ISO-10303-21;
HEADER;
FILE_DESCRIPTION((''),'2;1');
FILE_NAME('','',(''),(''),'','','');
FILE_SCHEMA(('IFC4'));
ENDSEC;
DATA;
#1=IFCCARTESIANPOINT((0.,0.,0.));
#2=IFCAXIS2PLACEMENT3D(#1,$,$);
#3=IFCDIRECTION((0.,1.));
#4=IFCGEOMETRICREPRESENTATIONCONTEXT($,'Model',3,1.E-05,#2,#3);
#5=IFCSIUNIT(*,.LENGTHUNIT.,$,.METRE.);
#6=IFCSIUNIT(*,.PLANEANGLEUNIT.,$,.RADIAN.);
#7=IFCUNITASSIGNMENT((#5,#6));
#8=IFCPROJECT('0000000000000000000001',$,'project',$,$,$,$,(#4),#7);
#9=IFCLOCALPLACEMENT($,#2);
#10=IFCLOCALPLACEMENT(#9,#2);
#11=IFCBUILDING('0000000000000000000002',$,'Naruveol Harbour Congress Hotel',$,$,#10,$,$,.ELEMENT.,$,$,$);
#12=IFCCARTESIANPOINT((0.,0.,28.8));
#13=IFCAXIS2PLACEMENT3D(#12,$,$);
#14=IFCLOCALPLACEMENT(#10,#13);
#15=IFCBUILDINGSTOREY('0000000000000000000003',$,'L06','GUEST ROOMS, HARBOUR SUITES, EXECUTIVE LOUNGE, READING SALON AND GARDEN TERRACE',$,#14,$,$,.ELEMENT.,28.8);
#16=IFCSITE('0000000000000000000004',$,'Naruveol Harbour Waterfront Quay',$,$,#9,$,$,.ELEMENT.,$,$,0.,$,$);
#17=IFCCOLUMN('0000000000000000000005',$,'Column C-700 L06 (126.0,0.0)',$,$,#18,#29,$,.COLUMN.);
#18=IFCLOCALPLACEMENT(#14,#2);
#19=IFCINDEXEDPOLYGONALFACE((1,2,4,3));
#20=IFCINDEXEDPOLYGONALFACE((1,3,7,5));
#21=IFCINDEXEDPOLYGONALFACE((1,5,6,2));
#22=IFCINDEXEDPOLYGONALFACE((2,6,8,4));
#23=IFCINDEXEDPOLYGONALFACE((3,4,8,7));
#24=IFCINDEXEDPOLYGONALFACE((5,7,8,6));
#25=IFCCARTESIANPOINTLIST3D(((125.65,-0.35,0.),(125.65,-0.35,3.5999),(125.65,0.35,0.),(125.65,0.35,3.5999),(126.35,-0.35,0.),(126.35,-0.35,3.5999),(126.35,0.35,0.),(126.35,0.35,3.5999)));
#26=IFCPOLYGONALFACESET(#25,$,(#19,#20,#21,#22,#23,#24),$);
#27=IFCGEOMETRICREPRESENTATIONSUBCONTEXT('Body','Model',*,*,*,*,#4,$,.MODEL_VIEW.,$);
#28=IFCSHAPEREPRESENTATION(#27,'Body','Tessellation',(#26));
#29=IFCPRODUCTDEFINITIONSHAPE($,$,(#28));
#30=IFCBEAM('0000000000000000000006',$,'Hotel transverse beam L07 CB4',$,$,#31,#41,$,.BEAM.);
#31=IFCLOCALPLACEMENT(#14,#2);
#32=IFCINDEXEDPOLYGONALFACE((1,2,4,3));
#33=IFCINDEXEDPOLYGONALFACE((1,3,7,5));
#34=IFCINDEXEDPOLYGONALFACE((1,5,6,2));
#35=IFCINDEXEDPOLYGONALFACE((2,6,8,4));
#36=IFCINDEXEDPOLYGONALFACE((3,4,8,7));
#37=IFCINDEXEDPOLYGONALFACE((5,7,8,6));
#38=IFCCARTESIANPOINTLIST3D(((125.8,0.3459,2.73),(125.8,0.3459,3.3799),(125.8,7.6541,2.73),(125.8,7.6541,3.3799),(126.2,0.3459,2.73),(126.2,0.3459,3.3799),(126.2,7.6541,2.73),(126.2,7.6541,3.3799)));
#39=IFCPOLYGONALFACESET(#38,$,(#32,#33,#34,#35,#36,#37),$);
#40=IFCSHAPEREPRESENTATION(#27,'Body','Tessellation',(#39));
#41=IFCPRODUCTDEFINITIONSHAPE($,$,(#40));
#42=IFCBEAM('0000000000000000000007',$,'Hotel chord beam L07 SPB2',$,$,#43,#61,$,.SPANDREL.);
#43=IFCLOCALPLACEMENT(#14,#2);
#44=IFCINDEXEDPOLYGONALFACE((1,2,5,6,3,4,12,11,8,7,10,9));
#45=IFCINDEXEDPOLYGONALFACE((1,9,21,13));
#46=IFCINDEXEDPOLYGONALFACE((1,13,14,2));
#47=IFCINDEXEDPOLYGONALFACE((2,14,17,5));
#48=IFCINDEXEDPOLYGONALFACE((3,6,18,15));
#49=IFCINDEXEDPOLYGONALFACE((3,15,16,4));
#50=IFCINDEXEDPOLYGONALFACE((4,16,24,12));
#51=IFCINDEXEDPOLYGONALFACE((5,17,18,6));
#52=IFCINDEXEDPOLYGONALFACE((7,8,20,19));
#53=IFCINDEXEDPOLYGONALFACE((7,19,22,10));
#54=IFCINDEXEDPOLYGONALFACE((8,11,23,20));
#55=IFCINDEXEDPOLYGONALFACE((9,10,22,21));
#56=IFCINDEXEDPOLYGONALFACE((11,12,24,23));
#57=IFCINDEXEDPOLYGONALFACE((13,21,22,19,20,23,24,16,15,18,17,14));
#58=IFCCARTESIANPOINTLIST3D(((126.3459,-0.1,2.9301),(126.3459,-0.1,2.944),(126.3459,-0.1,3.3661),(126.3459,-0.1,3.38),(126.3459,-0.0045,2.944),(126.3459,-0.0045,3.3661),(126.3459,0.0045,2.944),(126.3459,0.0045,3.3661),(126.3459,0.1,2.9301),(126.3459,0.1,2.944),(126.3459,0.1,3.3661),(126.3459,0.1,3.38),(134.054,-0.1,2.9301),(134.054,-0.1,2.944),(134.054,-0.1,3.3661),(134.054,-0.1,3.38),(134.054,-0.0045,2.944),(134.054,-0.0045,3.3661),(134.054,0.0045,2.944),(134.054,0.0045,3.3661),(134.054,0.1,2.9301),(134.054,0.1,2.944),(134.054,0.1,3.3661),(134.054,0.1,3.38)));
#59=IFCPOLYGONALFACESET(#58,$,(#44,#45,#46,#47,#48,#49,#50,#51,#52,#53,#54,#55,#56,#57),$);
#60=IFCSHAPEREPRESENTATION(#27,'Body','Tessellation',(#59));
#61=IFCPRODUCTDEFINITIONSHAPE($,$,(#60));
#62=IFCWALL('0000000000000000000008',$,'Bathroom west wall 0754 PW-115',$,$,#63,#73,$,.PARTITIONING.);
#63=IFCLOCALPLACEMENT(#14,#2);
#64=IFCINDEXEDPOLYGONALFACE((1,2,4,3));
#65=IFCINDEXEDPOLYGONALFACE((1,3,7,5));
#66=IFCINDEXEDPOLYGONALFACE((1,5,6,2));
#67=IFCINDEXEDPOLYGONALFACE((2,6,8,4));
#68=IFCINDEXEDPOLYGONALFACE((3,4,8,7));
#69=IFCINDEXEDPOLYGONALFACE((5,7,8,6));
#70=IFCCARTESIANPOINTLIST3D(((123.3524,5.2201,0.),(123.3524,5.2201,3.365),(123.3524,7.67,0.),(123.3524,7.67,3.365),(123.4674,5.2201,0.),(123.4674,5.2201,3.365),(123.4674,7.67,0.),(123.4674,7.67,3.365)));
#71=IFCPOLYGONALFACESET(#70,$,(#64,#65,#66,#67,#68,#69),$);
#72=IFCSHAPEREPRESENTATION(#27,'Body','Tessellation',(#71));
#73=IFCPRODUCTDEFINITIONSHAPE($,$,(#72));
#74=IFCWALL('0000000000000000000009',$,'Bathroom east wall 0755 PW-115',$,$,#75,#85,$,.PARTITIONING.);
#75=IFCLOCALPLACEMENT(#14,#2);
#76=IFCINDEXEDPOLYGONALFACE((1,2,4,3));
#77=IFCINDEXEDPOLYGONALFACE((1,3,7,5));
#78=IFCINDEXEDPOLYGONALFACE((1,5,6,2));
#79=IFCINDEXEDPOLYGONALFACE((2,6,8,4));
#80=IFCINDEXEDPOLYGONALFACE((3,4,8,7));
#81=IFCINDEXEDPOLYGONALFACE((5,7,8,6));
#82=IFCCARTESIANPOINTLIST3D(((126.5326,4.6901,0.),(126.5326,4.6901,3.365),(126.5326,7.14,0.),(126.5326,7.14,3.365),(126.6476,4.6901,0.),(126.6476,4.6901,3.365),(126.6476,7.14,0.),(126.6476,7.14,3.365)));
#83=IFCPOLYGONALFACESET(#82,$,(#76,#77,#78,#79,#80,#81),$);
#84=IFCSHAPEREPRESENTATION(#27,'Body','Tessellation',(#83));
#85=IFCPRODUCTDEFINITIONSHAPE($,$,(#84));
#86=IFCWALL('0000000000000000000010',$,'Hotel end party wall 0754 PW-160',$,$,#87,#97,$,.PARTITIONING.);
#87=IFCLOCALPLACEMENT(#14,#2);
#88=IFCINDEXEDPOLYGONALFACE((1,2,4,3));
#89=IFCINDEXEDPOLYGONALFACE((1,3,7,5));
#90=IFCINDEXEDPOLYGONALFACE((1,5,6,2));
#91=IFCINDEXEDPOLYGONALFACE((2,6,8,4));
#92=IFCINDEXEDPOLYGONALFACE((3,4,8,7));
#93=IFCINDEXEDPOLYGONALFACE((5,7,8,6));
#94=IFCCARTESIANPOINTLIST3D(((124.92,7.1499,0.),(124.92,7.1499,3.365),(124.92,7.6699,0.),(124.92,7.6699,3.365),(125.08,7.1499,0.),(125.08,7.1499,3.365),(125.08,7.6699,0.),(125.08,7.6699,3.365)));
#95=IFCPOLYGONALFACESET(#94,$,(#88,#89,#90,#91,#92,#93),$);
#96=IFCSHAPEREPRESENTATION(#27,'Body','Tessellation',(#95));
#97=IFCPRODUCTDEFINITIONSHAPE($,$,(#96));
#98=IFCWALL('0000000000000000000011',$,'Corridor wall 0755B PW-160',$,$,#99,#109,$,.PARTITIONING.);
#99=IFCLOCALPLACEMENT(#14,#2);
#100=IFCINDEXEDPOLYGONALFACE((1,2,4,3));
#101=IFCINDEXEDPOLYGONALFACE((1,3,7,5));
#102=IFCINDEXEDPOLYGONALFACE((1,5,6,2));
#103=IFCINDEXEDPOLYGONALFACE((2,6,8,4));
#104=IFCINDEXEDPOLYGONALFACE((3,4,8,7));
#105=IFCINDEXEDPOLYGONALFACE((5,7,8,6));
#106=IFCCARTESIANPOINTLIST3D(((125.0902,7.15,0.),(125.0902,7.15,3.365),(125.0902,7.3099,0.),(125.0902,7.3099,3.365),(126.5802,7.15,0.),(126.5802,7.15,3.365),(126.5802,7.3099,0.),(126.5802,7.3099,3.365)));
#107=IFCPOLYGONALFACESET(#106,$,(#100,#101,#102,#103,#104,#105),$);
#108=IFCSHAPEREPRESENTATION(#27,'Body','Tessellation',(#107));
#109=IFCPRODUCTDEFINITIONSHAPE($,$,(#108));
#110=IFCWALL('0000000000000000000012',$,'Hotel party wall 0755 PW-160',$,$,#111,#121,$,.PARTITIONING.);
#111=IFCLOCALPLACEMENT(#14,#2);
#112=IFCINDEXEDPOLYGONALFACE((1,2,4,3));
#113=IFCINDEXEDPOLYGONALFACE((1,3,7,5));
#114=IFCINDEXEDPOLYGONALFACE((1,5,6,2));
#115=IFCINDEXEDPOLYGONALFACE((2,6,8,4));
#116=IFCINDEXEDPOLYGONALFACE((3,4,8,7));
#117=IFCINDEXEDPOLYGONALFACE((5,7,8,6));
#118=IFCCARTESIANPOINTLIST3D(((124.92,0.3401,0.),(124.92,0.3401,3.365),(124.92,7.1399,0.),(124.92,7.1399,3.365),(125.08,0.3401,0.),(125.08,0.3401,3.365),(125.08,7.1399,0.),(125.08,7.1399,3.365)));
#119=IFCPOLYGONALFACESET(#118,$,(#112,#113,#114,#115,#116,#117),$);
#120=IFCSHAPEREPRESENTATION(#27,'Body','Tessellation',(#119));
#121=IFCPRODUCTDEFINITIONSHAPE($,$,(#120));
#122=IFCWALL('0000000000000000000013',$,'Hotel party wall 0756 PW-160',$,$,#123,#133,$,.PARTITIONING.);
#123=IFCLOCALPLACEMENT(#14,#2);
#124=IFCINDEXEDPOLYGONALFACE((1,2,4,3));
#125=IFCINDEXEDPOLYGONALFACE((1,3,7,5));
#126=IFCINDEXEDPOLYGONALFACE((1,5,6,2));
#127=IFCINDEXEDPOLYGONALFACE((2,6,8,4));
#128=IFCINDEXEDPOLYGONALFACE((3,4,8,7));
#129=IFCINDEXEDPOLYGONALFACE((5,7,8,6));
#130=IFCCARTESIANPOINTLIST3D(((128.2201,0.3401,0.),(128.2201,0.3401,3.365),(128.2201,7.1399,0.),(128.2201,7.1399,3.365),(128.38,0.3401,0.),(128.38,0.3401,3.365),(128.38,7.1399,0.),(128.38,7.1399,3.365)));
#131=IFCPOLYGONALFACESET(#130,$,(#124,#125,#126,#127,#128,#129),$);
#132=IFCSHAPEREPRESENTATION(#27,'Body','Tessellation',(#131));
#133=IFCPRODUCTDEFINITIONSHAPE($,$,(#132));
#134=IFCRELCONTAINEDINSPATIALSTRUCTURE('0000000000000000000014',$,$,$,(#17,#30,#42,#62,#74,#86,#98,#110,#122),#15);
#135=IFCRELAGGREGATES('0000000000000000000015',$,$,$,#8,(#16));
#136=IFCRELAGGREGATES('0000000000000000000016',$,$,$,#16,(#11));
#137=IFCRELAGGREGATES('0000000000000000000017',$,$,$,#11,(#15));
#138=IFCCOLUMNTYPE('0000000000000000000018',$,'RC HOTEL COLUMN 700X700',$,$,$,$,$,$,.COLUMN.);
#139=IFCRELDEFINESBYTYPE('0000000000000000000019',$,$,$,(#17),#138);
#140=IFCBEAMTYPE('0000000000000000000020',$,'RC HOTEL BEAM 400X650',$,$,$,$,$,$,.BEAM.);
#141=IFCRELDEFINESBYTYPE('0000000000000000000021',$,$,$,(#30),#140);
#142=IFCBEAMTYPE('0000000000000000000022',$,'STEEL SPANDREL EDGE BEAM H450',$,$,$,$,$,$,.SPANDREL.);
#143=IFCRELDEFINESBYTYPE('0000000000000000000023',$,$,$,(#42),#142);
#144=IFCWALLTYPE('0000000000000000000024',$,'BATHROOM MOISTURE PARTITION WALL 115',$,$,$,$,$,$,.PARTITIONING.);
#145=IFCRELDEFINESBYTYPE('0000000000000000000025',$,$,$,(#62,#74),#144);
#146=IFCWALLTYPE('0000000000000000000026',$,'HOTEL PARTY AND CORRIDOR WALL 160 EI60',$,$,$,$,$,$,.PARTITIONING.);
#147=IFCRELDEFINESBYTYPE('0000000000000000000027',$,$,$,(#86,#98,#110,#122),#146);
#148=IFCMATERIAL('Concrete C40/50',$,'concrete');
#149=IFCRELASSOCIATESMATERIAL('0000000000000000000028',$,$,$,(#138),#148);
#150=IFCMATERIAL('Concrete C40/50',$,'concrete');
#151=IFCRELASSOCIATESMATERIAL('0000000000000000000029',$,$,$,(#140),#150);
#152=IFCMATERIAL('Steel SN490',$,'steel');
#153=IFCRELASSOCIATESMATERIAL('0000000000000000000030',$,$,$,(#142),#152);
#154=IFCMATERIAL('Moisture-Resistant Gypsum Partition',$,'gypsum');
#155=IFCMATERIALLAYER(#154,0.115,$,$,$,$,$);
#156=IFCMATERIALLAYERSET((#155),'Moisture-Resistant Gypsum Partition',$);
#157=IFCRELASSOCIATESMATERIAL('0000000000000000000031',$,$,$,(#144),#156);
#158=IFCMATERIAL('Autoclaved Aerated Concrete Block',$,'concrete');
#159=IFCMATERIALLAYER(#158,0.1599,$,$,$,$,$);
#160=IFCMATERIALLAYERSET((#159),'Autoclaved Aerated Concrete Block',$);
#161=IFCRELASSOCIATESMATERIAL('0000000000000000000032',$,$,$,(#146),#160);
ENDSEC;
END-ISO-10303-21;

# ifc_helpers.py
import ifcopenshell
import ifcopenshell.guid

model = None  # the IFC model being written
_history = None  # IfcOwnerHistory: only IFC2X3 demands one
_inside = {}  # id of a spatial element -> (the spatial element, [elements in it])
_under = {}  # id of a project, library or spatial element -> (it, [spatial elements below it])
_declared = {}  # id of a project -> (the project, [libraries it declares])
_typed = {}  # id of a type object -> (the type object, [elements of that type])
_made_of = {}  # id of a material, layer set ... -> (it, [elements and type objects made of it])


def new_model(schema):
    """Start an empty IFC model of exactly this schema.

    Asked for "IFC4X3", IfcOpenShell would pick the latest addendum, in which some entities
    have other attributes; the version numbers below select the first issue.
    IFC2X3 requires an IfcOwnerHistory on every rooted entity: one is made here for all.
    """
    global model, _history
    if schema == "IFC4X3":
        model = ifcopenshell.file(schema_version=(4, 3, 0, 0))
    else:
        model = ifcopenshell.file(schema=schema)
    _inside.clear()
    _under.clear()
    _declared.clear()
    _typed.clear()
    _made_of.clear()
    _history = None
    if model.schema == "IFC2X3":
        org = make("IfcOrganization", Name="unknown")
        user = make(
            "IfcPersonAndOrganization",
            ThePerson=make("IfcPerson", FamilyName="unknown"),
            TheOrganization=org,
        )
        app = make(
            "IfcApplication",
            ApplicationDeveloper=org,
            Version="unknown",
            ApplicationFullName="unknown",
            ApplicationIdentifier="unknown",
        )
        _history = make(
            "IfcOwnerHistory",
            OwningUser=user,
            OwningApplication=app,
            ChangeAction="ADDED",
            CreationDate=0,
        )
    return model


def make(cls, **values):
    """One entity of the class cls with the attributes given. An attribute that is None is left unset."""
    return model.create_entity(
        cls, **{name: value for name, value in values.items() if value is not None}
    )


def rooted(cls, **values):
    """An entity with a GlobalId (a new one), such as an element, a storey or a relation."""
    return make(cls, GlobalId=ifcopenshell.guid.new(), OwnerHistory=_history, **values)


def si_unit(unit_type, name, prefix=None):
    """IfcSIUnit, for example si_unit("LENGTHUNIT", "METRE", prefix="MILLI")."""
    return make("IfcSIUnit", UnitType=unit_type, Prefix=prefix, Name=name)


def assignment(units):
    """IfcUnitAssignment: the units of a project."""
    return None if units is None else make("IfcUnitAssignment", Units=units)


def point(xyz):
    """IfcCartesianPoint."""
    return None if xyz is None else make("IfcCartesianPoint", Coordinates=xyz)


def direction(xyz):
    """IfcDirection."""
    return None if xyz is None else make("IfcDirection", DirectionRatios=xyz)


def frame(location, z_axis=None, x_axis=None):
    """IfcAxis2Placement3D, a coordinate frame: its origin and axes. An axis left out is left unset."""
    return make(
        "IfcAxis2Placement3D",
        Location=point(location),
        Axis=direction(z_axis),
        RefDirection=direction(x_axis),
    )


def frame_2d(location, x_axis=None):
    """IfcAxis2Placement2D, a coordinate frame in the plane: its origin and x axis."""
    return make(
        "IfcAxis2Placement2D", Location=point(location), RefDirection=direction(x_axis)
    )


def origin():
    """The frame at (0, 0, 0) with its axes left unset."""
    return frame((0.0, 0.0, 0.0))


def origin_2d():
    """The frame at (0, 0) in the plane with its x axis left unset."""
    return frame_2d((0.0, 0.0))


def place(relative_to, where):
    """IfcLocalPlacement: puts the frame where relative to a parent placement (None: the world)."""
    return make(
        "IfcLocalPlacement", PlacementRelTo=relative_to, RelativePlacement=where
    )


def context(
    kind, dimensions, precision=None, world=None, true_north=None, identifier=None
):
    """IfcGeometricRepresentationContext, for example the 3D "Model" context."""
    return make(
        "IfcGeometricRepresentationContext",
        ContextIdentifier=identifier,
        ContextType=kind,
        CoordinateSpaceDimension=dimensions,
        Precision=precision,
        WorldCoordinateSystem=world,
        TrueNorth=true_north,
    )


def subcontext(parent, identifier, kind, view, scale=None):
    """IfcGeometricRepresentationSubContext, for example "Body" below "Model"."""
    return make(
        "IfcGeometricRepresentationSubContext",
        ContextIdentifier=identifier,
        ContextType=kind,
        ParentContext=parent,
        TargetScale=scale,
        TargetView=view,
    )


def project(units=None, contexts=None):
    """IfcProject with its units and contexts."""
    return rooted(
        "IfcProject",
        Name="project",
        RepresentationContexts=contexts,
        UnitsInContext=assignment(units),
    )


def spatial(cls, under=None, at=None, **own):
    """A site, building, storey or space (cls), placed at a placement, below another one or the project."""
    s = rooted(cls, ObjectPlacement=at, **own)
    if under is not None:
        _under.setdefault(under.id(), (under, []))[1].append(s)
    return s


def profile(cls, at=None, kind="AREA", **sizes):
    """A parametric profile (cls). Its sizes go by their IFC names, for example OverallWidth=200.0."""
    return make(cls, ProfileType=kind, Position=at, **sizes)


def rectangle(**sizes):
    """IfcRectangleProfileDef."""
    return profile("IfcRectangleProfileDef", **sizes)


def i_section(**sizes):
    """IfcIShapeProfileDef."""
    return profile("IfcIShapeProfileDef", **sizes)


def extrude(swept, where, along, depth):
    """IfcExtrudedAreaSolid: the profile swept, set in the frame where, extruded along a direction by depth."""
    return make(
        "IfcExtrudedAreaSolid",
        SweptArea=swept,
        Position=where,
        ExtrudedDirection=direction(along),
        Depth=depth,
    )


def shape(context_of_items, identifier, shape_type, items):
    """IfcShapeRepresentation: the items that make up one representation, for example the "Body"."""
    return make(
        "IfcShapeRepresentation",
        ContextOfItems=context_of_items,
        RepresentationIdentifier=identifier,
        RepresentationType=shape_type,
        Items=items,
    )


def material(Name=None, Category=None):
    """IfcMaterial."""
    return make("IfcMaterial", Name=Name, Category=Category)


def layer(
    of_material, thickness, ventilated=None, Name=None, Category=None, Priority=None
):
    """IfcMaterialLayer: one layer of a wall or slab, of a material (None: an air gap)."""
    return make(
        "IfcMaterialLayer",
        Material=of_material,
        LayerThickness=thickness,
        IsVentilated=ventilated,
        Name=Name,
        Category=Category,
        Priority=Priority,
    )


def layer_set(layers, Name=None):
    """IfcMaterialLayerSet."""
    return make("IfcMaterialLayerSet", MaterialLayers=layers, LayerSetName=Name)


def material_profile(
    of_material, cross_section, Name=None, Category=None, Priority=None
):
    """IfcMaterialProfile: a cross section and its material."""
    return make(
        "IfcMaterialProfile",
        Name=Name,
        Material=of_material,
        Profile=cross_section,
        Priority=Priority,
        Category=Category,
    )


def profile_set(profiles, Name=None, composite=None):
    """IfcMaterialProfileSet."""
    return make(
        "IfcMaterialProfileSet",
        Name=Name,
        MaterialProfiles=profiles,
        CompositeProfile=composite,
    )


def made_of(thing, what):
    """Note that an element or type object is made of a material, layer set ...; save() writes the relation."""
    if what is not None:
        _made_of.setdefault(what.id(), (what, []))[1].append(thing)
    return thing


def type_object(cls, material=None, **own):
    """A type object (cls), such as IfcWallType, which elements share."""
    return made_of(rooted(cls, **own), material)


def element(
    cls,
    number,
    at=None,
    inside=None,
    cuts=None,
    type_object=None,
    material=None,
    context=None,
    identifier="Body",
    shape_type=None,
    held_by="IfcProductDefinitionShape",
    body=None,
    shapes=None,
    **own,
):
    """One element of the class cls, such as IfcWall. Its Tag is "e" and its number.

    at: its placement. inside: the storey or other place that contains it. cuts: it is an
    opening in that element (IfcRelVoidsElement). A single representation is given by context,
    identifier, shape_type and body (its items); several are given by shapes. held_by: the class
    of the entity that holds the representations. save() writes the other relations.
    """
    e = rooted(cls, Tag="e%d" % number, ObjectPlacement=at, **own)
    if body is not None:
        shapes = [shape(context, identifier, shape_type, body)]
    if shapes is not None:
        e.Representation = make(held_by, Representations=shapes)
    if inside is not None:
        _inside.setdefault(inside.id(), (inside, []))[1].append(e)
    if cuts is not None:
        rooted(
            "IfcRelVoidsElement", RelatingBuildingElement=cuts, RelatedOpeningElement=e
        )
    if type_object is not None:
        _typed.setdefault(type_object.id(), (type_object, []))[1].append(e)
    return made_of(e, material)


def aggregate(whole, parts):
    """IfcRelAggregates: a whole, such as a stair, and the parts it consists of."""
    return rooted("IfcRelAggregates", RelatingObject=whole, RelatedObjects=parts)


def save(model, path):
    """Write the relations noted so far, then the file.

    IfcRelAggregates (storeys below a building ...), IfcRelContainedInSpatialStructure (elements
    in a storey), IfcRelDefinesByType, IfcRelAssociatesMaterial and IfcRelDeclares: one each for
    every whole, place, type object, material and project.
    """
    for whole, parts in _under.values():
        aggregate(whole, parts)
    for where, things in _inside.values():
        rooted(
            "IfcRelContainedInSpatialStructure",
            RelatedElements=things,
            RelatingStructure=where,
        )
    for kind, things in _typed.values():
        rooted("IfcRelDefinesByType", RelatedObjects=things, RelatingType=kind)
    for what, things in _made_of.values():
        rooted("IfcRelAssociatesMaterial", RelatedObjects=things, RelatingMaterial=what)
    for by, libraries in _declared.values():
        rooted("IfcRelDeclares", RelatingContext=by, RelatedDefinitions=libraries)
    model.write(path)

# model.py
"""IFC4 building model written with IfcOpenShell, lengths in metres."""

from ifc_helpers import new_model, si_unit, direction, frame, frame_2d, origin, origin_2d, place, context, subcontext, project, spatial, rectangle, i_section, extrude, material, layer, layer_set, material_profile, profile_set, type_object, element, save


model = new_model("IFC4")

# Units and contexts
model_context = context("Model", 3, precision=1e-05, world=origin(), true_north=direction((0.0, 1.0)))
body_context = subcontext(model_context, "Body", "Model", "MODEL_VIEW")
ifc_project = project(units=[si_unit("LENGTHUNIT", "METRE"), si_unit("PLANEANGLEUNIT", "RADIAN")], contexts=[model_context])

# Site, building, storey
site_placement = place(None, origin())
site = spatial("IfcSite", under=ifc_project, at=site_placement, Name="Naruveol Harbour Waterfront Quay", CompositionType="ELEMENT", RefElevation=0.0)
building_placement = place(site_placement, origin())
building = spatial("IfcBuilding", under=site, at=building_placement, Name="Naruveol Harbour Congress Hotel", CompositionType="ELEMENT")
storey_placement = place(building_placement, frame((0.0, 0.0, 28.8)))
storey = spatial("IfcBuildingStorey", under=building, at=storey_placement, Name="L06", Description="GUEST ROOMS, HARBOUR SUITES, EXECUTIVE LOUNGE, READING SALON AND GARDEN TERRACE", CompositionType="ELEMENT", Elevation=28.8)

# Column
ifc_material_1 = material(Name="Concrete C40/50", Category="concrete")
ifc_material_profile_1 = material_profile(ifc_material_1, rectangle(XDim=0.7, YDim=0.7, at=origin_2d()), Name="RC-700x700")
ifc_profile_set_1 = profile_set([ifc_material_profile_1], Name="Concrete C40/50")
column_type = type_object("IfcColumnType", Name="RC HOTEL COLUMN 700X700", PredefinedType="COLUMN", material=ifc_profile_set_1)
column_placement = place(storey_placement, frame((126.0, 0.0, 0.0), z_axis=(0.0, 0.0, 1.0), x_axis=(1.0, 0.0, 0.0)))
element("IfcColumn", 1, at=column_placement, inside=storey, type_object=column_type, Name="Column C-700 L06 (126.0,0.0)", PredefinedType="COLUMN", context=body_context, shape_type="SweptSolid", body=[
    extrude(rectangle(XDim=0.7, YDim=0.7, at=origin_2d()), origin(), (0.0, 0.0, 1.0), 3.5999),
])

# Beams
ifc_material_2 = material(Name="Concrete C40/50", Category="concrete")
ifc_material_profile_2 = material_profile(ifc_material_2, rectangle(XDim=0.3999, YDim=0.6499, at=origin_2d()), Name="RCB-400x650")
ifc_profile_set_2 = profile_set([ifc_material_profile_2], Name="Concrete C40/50")
beam_type_1 = type_object("IfcBeamType", Name="RC HOTEL BEAM 400X650", PredefinedType="BEAM", material=ifc_profile_set_2)
beam_1_placement = place(storey_placement, frame((126.0, 0.3459, 3.0549), z_axis=(0.0, 1.0, 0.0), x_axis=(-1.0, 0.0, 0.0)))
element("IfcBeam", 2, at=beam_1_placement, inside=storey, type_object=beam_type_1, Name="Hotel transverse beam L07 CB4", PredefinedType="BEAM", context=body_context, shape_type="SweptSolid", body=[
    extrude(rectangle(XDim=0.3999, YDim=0.6499, at=origin_2d()), origin(), (0.0, 0.0, 1.0), 7.3081),
])
ifc_material_3 = material(Name="Steel SN490", Category="steel")
ifc_material_profile_3 = material_profile(ifc_material_3, i_section(OverallWidth=0.2, OverallDepth=0.45, WebThickness=0.009, FlangeThickness=0.0139, at=origin_2d()), Name="H-450x200x9x14")
ifc_profile_set_3 = profile_set([ifc_material_profile_3], Name="Steel SN490")
beam_type_2 = type_object("IfcBeamType", Name="STEEL SPANDREL EDGE BEAM H450", PredefinedType="SPANDREL", material=ifc_profile_set_3)
beam_2_placement = place(storey_placement, frame((126.3459, 0.0, 3.155), z_axis=(1.0, 0.0, 0.0), x_axis=(0.0, 1.0, 0.0)))
element("IfcBeam", 3, at=beam_2_placement, inside=storey, type_object=beam_type_2, Name="Hotel chord beam L07 SPB2", PredefinedType="SPANDREL", context=body_context, shape_type="SweptSolid", body=[
    extrude(i_section(OverallWidth=0.2, OverallDepth=0.45, WebThickness=0.009, FlangeThickness=0.0139, at=origin_2d()), origin(), (0.0, 0.0, 1.0), 7.708),
])

# Wall
ifc_material_4 = material(Name="Moisture-Resistant Gypsum Partition", Category="gypsum")
ifc_layer_1 = layer(ifc_material_4, 0.115)
ifc_layer_set_1 = layer_set([ifc_layer_1], Name="Moisture-Resistant Gypsum Partition")
wall_type_1 = type_object("IfcWallType", Name="BATHROOM MOISTURE PARTITION WALL 115", PredefinedType="PARTITIONING", material=ifc_layer_set_1)
wall_1_placement = place(storey_placement, frame((123.4099, 5.22, 0.0), z_axis=(0.0, 0.0, 1.0), x_axis=(0.0, 1.0, 0.0)))
element("IfcWall", 4, at=wall_1_placement, inside=storey, type_object=wall_type_1, Name="Bathroom west wall 0754 PW-115", PredefinedType="PARTITIONING", context=body_context, shape_type="SweptSolid", body=[
    extrude(rectangle(XDim=2.45, YDim=0.115, at=frame_2d((1.2251, 0.0))), origin(), (0.0, 0.0, 1.0), 3.365),
])

# Wall
wall_2_placement = place(storey_placement, frame((126.5901, 4.6899, 0.0), z_axis=(0.0, 0.0, 1.0), x_axis=(0.0, 1.0, 0.0)))
element("IfcWall", 5, at=wall_2_placement, inside=storey, type_object=wall_type_1, Name="Bathroom east wall 0755 PW-115", PredefinedType="PARTITIONING", context=body_context, shape_type="SweptSolid", body=[
    extrude(rectangle(XDim=2.45, YDim=0.115, at=frame_2d((1.2251, 0.0))), origin(), (0.0, 0.0, 1.0), 3.365),
])

# Walls
ifc_material_5 = material(Name="Autoclaved Aerated Concrete Block", Category="concrete")
ifc_layer_2 = layer(ifc_material_5, 0.1599)
ifc_layer_set_2 = layer_set([ifc_layer_2], Name="Autoclaved Aerated Concrete Block")
wall_type_2 = type_object("IfcWallType", Name="HOTEL PARTY AND CORRIDOR WALL 160 EI60", PredefinedType="PARTITIONING", material=ifc_layer_set_2)
wall_3_placement = place(storey_placement, frame((125.0, 7.1499, 0.0), z_axis=(0.0, 0.0, 1.0), x_axis=(0.0, 1.0, 0.0)))
element("IfcWall", 6, at=wall_3_placement, inside=storey, type_object=wall_type_2, Name="Hotel end party wall 0754 PW-160", PredefinedType="PARTITIONING", context=body_context, shape_type="SweptSolid", body=[
    extrude(rectangle(XDim=0.52, YDim=0.1599, at=frame_2d((0.26, 0.0))), origin(), (0.0, 0.0, 1.0), 3.365),
])
wall_4_placement = place(storey_placement, frame((125.0901, 7.23, 0.0), z_axis=(0.0, 0.0, 1.0), x_axis=(1.0, 0.0, 0.0)))
element("IfcWall", 7, at=wall_4_placement, inside=storey, type_object=wall_type_2, Name="Corridor wall 0755B PW-160", PredefinedType="PARTITIONING", context=body_context, shape_type="SweptSolid", body=[
    extrude(rectangle(XDim=1.49, YDim=0.1599, at=frame_2d((0.7451, 0.0))), origin(), (0.0, 0.0, 1.0), 3.365),
])
for number, where, z_axis, x_axis, name in (
    (8, (125.0, 0.3401, 0.0), (0.0, 0.0, 1.0), (0.0, 1.0, 0.0), "Hotel party wall 0755 PW-160"),
    (9, (128.3, 0.3401, 0.0), (0.0, 0.0, 1.0), (0.0, 1.0, 0.0), "Hotel party wall 0756 PW-160"),
):
    element("IfcWall", number, at=place(storey_placement, frame(where, z_axis=z_axis, x_axis=x_axis)), inside=storey, type_object=wall_type_2, Name=name, PredefinedType="PARTITIONING", context=body_context, shape_type="SweptSolid", body=[
        extrude(rectangle(XDim=6.7998, YDim=0.1599, at=frame_2d((3.3999, 0.0))), origin(), (0.0, 0.0, 1.0), 3.365),
    ])

save(model, "model.ifc")
